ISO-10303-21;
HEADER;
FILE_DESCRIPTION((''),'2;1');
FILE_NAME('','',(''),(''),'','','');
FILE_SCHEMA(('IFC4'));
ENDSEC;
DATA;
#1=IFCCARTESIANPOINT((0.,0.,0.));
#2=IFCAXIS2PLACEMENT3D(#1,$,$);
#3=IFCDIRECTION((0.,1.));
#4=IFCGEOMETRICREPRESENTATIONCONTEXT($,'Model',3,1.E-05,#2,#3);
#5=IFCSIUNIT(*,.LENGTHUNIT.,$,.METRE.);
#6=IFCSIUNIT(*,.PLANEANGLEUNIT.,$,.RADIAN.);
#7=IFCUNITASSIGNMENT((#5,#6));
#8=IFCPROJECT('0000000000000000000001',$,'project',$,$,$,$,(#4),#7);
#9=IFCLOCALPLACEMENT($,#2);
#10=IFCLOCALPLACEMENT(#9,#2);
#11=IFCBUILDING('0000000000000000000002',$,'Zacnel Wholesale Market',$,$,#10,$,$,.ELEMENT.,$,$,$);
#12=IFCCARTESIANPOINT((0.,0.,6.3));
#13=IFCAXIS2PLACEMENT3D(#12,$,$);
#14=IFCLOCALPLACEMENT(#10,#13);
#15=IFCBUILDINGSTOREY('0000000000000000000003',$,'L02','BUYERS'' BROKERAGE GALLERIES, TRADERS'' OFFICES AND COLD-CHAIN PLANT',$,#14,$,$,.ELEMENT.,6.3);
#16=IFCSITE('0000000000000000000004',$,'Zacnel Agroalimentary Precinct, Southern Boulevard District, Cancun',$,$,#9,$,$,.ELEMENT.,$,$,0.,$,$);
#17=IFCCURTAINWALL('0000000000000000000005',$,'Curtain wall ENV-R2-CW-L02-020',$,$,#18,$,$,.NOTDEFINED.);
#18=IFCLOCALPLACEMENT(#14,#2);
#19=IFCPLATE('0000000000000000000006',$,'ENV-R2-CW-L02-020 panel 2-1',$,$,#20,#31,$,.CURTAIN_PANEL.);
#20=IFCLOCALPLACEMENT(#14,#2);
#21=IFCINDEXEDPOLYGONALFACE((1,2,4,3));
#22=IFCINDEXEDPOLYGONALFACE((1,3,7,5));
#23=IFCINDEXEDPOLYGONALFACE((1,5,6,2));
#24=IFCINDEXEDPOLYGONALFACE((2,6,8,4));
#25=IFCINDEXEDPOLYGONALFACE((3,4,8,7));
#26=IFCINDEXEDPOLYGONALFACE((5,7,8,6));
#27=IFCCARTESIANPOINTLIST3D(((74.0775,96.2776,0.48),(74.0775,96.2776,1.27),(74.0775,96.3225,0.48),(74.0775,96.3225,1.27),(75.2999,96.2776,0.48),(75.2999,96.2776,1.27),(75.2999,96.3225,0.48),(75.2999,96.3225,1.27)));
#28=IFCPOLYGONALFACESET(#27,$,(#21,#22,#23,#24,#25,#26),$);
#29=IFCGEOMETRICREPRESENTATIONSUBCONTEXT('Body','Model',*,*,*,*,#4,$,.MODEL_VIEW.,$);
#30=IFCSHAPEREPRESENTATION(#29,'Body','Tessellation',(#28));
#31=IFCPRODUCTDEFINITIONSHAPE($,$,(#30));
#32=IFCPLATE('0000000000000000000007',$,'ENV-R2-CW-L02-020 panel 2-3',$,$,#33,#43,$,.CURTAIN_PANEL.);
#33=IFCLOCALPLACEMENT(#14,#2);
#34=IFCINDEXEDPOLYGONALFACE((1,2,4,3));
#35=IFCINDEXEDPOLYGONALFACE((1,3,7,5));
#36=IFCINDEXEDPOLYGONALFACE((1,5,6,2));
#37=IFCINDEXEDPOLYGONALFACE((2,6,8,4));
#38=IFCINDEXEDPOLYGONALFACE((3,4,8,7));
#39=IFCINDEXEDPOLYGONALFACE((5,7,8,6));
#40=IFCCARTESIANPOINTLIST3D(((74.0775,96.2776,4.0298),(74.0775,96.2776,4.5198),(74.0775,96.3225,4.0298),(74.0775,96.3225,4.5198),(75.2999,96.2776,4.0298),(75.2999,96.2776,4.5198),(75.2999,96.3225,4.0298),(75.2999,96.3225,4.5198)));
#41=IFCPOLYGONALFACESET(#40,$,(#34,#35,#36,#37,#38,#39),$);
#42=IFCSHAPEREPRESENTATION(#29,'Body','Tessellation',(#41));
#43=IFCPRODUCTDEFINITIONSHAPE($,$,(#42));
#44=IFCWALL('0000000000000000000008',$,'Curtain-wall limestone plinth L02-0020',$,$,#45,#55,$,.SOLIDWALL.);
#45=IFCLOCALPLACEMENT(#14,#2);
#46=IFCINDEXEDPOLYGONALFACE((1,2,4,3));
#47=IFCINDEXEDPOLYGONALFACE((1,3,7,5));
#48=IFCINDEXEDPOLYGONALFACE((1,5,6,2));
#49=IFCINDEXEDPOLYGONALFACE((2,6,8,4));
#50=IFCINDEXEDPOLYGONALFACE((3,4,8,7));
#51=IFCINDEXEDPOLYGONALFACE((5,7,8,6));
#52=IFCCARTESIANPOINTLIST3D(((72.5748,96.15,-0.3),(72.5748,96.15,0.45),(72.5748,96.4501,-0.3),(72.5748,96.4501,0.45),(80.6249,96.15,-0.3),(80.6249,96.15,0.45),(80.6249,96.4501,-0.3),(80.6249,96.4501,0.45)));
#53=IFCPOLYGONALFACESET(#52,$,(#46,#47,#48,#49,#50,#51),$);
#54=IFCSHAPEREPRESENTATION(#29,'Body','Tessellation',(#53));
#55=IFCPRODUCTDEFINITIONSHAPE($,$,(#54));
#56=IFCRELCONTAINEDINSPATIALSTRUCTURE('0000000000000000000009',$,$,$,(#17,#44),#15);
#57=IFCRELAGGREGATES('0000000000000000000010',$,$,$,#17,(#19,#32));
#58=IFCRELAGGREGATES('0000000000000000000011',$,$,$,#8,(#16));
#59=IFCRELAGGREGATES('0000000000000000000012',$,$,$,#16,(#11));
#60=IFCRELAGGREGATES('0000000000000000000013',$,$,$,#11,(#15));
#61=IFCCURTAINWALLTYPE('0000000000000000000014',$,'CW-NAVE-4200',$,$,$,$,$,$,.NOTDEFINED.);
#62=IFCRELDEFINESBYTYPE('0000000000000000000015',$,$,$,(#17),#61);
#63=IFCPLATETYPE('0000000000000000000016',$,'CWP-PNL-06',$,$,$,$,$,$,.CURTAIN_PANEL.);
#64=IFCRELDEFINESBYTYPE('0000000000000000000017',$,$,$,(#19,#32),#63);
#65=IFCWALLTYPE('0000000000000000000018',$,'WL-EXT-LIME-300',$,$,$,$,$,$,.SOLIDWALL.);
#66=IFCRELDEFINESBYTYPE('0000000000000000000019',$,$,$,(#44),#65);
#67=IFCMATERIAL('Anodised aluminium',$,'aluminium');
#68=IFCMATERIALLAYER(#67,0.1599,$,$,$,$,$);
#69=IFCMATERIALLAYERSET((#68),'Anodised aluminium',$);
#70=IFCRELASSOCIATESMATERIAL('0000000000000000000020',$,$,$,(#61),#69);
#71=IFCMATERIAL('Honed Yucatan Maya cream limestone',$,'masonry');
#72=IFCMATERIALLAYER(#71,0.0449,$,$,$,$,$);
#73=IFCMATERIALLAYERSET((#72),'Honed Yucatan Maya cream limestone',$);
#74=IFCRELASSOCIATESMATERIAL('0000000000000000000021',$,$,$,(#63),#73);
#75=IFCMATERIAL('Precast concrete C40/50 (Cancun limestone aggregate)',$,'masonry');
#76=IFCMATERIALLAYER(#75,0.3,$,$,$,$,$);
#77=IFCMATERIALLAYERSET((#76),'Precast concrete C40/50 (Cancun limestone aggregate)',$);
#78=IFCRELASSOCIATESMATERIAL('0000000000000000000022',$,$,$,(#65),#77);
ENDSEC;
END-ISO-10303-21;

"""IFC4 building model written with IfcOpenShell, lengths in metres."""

from ifc_helpers import new_model, si_unit, direction, frame, frame_2d, origin, origin_2d, place, context, subcontext, project, spatial, rectangle, extrude, material, layer, layer_set, type_object, element, aggregate, save


model = new_model("IFC4")

# Units and contexts
model_context = context("Model", 3, precision=1e-05, world=origin(), true_north=direction((0.0, 1.0)))
body_context = subcontext(model_context, "Body", "Model", "MODEL_VIEW")
ifc_project = project(units=[si_unit("LENGTHUNIT", "METRE"), si_unit("PLANEANGLEUNIT", "RADIAN")], contexts=[model_context])

# Site, building, storey
site_placement = place(None, origin())
site = spatial("IfcSite", under=ifc_project, at=site_placement, Name="Zacnel Agroalimentary Precinct, Southern Boulevard District, Cancun", CompositionType="ELEMENT", RefElevation=0.0)
building_placement = place(site_placement, origin())
building = spatial("IfcBuilding", under=site, at=building_placement, Name="Zacnel Wholesale Market", CompositionType="ELEMENT")
storey_placement = place(building_placement, frame((0.0, 0.0, 6.3)))
storey = spatial("IfcBuildingStorey", under=building, at=storey_placement, Name="L02", Description="BUYERS' BROKERAGE GALLERIES, TRADERS' OFFICES AND COLD-CHAIN PLANT", CompositionType="ELEMENT", Elevation=6.3)

# Curtain wall, plates
ifc_material_1 = material(Name="Anodised aluminium", Category="aluminium")
ifc_layer_1 = layer(ifc_material_1, 0.1599)
ifc_layer_set_1 = layer_set([ifc_layer_1], Name="Anodised aluminium")
curtain_wall_type = type_object("IfcCurtainWallType", Name="CW-NAVE-4200", PredefinedType="NOTDEFINED", material=ifc_layer_set_1)
curtain_wall_placement = place(storey_placement, origin())
curtain_wall = element("IfcCurtainWall", 1, at=curtain_wall_placement, inside=storey, type_object=curtain_wall_type, Name="Curtain wall ENV-R2-CW-L02-020", PredefinedType="NOTDEFINED")
ifc_material_2 = material(Name="Honed Yucatan Maya cream limestone", Category="masonry")
ifc_layer_2 = layer(ifc_material_2, 0.0449)
ifc_layer_set_2 = layer_set([ifc_layer_2], Name="Honed Yucatan Maya cream limestone")
plate_type_1 = type_object("IfcPlateType", Name="CWP-PNL-06", PredefinedType="CURTAIN_PANEL", material=ifc_layer_set_2)
plate_1_placement = place(storey_placement, frame((74.6887, 96.3, 0.48), z_axis=(0.0, 0.0, 1.0), x_axis=(1.0, 0.0, 0.0)))
plate_1 = element("IfcPlate", 2, at=plate_1_placement, type_object=plate_type_1, Name="ENV-R2-CW-L02-020 panel 2-1", PredefinedType="CURTAIN_PANEL", context=body_context, shape_type="SweptSolid", body=[
    extrude(rectangle(XDim=1.2224, YDim=0.0449, at=origin_2d()), origin(), (0.0, 0.0, 1.0), 0.79),
])
plate_2_placement = place(storey_placement, frame((74.6887, 96.3, 4.0298), z_axis=(0.0, 0.0, 1.0), x_axis=(1.0, 0.0, 0.0)))
plate_2 = element("IfcPlate", 3, at=plate_2_placement, type_object=plate_type_1, Name="ENV-R2-CW-L02-020 panel 2-3", PredefinedType="CURTAIN_PANEL", context=body_context, shape_type="SweptSolid", body=[
    extrude(rectangle(XDim=1.2224, YDim=0.0449, at=origin_2d()), origin(), (0.0, 0.0, 1.0), 0.49),
])
aggregate(curtain_wall, [plate_1, plate_2])

# Wall
ifc_material_3 = material(Name="Precast concrete C40/50 (Cancun limestone aggregate)", Category="masonry")
ifc_layer_3 = layer(ifc_material_3, 0.3)
ifc_layer_set_3 = layer_set([ifc_layer_3], Name="Precast concrete C40/50 (Cancun limestone aggregate)")
wall_type = type_object("IfcWallType", Name="WL-EXT-LIME-300", PredefinedType="SOLIDWALL", material=ifc_layer_set_3)
wall_placement = place(storey_placement, frame((72.575, 96.3, -0.3), z_axis=(0.0, 0.0, 1.0), x_axis=(1.0, 0.0, 0.0)))
element("IfcWall", 4, at=wall_placement, inside=storey, type_object=wall_type, Name="Curtain-wall limestone plinth L02-0020", PredefinedType="SOLIDWALL", context=body_context, shape_type="SweptSolid", body=[
    extrude(rectangle(XDim=8.05, YDim=0.3, at=frame_2d((4.0249, 0.0))), origin(), (0.0, 0.0, 1.0), 0.75),
])

save(model, "model.ifc")
